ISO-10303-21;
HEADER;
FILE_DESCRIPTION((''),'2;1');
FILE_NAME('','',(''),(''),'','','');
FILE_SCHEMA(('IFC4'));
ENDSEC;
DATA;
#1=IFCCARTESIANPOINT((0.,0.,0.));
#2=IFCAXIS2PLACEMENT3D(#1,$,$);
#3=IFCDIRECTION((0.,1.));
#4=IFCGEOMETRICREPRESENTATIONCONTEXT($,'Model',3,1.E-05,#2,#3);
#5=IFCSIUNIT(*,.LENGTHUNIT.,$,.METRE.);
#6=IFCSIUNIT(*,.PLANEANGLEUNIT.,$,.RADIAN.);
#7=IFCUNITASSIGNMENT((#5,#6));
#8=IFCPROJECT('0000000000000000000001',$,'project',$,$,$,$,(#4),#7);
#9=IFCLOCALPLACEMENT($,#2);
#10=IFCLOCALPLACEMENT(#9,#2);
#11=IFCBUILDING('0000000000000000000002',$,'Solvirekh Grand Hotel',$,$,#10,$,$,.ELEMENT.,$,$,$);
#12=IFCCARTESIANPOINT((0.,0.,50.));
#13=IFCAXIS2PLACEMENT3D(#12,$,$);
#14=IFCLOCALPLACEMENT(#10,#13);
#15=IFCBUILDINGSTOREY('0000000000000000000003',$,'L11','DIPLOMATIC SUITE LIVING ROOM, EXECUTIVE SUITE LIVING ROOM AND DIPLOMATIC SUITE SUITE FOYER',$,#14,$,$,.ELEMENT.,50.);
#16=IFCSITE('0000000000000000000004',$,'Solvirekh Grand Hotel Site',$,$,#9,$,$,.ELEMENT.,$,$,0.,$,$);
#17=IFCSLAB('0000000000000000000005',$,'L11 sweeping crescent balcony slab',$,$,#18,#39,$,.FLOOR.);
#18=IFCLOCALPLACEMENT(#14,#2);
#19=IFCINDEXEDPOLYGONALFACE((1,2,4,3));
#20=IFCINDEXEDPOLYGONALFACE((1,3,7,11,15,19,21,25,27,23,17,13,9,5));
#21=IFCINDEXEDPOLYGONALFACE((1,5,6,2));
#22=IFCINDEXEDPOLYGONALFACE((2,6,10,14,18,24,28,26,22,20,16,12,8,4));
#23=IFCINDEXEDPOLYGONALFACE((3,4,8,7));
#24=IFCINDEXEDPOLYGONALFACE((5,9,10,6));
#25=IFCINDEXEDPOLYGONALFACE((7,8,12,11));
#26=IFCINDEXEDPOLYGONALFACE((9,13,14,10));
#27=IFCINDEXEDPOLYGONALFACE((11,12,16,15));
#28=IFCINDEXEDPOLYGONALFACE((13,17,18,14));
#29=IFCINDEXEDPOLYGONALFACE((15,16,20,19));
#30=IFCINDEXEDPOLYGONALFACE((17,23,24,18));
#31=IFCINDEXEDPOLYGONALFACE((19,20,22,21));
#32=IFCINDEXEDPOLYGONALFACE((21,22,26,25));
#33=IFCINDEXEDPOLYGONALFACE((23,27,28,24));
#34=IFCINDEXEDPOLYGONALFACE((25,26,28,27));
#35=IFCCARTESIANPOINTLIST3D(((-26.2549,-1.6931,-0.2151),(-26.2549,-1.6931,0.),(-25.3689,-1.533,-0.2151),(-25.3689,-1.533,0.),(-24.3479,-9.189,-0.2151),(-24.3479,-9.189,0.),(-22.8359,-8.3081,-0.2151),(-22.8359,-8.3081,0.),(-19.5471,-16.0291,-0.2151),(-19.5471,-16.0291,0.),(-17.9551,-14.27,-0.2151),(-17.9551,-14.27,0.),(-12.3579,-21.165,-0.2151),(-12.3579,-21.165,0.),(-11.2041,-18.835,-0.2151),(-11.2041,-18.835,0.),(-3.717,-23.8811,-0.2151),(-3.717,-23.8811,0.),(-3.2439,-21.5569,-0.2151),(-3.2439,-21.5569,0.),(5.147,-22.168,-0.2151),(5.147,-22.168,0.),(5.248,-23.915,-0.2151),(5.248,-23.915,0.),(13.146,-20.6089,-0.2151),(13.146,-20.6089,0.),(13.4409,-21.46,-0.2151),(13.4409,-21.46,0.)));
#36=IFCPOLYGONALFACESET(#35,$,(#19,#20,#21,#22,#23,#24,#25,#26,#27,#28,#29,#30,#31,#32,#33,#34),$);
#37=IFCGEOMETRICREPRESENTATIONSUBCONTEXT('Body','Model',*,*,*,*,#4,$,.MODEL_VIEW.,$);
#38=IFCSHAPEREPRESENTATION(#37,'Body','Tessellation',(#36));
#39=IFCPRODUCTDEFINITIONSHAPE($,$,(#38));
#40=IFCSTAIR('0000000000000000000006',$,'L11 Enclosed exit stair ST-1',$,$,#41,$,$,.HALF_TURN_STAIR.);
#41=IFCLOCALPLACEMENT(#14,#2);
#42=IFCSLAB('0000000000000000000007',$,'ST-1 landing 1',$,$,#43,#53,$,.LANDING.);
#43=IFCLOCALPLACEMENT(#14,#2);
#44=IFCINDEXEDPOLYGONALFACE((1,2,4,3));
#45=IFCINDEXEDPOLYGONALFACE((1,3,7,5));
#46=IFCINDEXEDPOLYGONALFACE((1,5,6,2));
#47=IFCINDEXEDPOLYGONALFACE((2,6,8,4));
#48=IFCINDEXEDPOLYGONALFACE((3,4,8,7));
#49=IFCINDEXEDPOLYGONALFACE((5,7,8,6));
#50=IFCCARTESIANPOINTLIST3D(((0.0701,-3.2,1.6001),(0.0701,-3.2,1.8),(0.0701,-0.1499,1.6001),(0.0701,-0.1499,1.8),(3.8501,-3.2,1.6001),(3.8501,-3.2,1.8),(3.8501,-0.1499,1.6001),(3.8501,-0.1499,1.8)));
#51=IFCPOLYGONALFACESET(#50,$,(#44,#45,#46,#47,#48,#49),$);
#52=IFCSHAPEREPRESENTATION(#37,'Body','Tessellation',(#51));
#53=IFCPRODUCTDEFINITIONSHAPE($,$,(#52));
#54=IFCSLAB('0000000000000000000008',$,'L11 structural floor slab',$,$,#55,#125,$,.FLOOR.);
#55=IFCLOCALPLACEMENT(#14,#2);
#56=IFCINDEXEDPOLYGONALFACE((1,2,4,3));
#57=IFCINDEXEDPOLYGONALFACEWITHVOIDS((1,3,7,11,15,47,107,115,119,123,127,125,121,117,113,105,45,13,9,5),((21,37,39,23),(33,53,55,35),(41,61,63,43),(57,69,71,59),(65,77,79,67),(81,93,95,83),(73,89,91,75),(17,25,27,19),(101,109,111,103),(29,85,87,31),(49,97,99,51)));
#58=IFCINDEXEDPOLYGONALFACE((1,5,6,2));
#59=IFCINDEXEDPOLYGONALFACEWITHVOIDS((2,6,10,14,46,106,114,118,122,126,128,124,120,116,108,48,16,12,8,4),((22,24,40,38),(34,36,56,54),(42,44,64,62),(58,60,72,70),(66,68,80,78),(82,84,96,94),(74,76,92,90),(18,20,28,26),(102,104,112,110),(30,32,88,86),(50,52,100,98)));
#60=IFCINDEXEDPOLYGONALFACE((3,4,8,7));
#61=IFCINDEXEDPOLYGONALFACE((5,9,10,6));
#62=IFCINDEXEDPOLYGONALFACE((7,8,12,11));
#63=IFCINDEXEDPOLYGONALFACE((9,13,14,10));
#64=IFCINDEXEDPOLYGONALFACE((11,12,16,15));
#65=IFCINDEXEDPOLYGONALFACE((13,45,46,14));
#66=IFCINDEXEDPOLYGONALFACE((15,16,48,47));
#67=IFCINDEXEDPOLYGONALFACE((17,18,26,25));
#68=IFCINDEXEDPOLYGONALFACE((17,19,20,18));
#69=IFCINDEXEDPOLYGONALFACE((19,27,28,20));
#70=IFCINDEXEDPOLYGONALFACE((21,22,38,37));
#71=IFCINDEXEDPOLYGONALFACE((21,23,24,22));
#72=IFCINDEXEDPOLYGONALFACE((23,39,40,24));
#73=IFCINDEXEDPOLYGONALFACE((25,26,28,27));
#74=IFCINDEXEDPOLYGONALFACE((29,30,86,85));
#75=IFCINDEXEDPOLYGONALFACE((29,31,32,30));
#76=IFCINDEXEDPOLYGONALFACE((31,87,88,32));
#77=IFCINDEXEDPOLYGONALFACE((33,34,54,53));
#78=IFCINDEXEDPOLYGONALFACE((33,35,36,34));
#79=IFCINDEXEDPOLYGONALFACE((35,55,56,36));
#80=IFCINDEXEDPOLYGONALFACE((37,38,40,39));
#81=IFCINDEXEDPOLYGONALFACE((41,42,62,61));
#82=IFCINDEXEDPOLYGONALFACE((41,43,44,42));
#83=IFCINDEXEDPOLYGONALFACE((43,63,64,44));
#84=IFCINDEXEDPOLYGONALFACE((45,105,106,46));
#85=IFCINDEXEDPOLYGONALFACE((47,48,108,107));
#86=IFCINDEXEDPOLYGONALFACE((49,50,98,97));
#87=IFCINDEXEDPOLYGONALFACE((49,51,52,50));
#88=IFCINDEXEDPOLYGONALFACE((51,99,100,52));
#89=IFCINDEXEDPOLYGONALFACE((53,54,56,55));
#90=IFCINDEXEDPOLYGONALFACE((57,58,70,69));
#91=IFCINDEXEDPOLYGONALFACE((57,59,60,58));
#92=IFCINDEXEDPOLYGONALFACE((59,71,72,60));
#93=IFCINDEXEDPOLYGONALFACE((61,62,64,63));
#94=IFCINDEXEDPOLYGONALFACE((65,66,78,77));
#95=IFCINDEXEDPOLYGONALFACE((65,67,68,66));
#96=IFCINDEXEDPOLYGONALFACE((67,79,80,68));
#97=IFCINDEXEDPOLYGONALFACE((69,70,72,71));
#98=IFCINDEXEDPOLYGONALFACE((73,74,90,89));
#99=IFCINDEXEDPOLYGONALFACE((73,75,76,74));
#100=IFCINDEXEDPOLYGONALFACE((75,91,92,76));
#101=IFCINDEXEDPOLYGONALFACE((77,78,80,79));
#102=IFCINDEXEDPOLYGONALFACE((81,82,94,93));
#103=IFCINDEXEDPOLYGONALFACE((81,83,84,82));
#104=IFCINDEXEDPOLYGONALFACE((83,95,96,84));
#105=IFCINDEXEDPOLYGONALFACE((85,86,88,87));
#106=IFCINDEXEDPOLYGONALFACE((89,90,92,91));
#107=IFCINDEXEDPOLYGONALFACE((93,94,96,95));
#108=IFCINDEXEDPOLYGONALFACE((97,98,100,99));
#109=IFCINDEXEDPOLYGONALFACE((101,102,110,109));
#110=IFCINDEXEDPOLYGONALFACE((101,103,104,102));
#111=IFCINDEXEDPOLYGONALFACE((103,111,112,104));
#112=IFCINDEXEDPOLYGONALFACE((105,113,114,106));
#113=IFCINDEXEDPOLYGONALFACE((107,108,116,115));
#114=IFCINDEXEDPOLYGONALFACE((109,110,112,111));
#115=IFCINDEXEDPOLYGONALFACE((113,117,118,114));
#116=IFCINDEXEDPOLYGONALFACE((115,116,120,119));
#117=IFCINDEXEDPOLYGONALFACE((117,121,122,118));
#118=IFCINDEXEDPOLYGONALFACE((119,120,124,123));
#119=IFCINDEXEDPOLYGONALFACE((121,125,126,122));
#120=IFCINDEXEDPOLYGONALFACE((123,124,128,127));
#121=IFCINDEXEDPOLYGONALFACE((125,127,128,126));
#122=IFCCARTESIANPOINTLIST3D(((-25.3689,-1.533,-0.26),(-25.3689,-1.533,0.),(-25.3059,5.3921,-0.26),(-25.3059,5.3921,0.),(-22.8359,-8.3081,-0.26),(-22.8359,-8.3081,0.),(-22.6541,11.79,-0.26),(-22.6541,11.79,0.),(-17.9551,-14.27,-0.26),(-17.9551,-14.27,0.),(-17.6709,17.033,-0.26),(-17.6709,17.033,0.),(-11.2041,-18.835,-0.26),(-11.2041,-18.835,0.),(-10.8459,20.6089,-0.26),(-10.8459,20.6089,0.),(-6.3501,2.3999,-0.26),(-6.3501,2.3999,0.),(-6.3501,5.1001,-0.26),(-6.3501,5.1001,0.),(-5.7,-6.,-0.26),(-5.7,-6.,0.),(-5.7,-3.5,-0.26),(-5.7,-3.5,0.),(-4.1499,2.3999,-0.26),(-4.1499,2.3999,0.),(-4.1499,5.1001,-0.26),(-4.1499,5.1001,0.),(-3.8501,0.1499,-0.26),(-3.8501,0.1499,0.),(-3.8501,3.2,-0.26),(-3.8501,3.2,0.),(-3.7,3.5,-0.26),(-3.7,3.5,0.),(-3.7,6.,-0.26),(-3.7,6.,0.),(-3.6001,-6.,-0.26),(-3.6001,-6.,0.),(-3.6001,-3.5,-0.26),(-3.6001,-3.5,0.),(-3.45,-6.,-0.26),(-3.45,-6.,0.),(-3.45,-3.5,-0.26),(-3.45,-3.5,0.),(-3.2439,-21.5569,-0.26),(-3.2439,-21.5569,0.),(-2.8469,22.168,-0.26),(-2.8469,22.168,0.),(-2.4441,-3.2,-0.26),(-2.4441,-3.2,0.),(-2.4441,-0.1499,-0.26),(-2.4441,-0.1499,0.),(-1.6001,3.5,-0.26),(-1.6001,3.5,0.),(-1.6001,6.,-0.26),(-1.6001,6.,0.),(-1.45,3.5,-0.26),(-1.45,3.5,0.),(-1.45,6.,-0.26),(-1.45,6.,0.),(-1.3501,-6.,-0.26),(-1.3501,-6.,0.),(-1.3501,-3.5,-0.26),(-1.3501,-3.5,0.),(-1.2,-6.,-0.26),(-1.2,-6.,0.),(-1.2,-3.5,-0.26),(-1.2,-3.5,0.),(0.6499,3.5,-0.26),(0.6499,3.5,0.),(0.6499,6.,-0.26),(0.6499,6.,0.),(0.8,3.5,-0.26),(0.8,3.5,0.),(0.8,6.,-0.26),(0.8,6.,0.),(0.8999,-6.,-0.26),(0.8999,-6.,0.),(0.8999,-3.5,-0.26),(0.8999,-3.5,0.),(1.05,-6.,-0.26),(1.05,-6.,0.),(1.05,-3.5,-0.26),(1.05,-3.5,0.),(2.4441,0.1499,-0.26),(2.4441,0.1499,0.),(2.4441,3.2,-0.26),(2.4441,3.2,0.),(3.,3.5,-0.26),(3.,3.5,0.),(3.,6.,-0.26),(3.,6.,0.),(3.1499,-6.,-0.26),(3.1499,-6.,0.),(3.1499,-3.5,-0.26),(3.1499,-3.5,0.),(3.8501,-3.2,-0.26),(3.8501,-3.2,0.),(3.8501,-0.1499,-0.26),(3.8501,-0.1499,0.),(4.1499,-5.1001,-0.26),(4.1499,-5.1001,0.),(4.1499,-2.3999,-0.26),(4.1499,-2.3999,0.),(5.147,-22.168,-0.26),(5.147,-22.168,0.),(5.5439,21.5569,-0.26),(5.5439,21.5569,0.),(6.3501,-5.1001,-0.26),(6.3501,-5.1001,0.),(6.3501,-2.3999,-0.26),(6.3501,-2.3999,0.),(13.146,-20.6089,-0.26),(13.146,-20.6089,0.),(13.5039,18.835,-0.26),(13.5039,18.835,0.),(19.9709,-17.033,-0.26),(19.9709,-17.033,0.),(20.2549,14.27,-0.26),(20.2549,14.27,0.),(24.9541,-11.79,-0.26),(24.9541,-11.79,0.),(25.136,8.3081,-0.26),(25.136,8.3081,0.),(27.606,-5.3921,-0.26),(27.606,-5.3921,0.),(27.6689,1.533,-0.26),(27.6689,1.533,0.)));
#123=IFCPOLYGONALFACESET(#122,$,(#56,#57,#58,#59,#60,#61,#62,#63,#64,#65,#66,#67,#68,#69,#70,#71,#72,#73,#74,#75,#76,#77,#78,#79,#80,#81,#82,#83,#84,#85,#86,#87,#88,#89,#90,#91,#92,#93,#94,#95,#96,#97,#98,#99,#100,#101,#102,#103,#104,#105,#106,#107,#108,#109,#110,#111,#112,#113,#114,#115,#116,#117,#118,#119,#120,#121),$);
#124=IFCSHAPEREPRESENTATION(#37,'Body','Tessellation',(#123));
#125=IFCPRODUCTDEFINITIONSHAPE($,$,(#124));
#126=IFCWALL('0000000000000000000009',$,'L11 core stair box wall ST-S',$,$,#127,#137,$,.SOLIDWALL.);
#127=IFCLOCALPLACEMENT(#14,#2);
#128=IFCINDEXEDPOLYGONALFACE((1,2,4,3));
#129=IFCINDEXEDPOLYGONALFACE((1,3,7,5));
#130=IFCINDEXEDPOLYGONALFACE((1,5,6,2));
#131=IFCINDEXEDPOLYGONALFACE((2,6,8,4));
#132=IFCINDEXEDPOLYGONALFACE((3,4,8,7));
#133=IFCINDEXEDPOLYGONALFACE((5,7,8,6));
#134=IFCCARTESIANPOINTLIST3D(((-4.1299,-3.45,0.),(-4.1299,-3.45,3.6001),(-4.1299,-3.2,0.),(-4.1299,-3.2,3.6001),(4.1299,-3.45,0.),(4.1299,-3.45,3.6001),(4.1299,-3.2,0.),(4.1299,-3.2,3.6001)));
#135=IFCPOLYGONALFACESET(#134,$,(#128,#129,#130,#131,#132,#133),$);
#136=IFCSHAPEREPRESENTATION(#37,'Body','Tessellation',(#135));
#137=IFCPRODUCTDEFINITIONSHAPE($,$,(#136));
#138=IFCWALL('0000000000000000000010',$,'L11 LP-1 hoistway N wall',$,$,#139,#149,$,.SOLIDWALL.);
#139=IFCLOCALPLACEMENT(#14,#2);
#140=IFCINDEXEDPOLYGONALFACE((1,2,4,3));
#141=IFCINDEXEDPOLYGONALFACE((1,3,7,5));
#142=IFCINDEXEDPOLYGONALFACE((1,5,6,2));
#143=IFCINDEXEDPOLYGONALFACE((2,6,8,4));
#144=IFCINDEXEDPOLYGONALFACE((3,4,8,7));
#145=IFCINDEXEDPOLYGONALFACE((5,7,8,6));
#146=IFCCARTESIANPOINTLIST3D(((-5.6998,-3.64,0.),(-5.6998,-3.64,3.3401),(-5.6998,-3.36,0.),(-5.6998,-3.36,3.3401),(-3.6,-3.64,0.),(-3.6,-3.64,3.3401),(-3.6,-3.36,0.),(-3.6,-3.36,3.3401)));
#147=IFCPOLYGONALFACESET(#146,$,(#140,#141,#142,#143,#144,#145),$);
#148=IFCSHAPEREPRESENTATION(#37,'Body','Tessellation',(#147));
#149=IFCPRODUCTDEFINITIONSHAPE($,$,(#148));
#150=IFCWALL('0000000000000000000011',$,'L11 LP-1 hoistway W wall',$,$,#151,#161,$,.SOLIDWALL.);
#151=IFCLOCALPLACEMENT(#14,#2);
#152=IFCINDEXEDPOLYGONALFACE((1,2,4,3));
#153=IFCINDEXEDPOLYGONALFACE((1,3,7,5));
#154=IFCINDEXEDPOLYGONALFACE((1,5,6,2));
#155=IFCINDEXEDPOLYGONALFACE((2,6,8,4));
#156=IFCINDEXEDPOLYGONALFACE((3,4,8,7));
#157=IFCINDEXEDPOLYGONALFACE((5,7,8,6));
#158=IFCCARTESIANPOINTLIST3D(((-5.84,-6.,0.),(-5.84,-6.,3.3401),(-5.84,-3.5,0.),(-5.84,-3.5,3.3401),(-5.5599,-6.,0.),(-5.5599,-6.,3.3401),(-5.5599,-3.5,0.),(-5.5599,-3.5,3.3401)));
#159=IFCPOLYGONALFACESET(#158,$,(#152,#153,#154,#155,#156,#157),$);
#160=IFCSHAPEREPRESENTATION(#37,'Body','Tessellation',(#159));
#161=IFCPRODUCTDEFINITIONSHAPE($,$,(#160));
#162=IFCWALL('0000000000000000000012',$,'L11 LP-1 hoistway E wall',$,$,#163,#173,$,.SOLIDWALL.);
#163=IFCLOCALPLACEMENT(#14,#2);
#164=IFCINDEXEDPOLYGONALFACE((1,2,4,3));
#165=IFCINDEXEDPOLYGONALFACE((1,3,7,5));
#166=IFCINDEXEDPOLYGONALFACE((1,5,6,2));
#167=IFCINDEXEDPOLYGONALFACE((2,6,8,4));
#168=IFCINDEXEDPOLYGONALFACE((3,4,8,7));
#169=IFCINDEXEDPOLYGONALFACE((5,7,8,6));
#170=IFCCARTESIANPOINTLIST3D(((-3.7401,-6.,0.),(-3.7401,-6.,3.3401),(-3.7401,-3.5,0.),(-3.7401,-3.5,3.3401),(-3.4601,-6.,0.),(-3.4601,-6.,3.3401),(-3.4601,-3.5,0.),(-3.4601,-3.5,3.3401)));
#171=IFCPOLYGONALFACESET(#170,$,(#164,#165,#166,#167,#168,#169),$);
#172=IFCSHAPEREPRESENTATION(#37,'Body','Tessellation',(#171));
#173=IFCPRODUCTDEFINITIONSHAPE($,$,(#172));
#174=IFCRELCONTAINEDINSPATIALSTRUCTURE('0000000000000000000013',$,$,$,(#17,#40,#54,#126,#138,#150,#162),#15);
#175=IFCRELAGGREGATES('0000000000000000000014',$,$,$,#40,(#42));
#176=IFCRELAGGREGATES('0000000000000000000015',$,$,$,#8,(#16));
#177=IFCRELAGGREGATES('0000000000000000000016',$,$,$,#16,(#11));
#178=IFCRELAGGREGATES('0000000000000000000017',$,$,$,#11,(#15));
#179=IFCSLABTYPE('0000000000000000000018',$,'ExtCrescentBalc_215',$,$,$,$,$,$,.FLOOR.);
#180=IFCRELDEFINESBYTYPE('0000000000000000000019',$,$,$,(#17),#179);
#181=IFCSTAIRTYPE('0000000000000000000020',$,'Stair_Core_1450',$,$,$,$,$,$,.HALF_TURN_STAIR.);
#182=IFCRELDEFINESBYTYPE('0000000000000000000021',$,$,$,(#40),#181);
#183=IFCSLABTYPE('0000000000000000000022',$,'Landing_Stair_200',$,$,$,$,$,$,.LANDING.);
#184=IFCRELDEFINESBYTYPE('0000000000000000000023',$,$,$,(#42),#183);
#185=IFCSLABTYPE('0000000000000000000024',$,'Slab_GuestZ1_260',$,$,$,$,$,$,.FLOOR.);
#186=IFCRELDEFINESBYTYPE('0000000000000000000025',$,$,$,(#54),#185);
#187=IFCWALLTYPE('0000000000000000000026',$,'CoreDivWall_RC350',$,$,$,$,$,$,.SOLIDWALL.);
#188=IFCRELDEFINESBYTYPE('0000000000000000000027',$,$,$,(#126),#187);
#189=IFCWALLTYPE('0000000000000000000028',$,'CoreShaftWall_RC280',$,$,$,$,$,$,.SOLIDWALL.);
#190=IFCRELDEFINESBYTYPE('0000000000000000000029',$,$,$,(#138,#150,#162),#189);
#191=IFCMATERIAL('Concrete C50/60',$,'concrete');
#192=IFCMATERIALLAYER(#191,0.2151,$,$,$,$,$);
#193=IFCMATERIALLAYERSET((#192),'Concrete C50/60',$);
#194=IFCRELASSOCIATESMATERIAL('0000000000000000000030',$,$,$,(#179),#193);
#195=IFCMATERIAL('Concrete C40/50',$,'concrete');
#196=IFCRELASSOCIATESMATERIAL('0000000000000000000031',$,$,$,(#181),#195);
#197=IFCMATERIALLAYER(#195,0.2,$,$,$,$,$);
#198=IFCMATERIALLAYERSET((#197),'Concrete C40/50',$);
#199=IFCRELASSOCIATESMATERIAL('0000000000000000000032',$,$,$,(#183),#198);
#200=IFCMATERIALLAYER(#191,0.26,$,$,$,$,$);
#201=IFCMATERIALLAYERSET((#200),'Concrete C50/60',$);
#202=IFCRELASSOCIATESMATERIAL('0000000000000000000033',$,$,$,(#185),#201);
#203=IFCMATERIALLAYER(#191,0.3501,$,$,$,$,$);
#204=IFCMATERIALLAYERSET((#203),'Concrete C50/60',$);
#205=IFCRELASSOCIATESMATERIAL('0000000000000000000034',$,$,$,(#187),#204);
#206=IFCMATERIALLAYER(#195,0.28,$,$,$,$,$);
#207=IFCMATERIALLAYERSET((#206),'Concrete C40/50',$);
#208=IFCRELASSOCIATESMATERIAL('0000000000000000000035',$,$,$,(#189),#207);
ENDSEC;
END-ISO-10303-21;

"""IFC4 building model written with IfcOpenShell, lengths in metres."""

from ifc_helpers import new_model, si_unit, direction, frame, frame_2d, origin, place, context, subcontext, project, spatial, polyline, rectangle, outline, extrude, material, layer, layer_set, type_object, element, aggregate, save


model = new_model("IFC4")

# Units and contexts
model_context = context("Model", 3, precision=1e-05, world=origin(), true_north=direction((0.0, 1.0)))
body_context = subcontext(model_context, "Body", "Model", "MODEL_VIEW")
ifc_project = project(units=[si_unit("LENGTHUNIT", "METRE"), si_unit("PLANEANGLEUNIT", "RADIAN")], contexts=[model_context])

# Site, building, storey
site_placement = place(None, origin())
site = spatial("IfcSite", under=ifc_project, at=site_placement, Name="Solvirekh Grand Hotel Site", CompositionType="ELEMENT", RefElevation=0.0)
building_placement = place(site_placement, origin())
building = spatial("IfcBuilding", under=site, at=building_placement, Name="Solvirekh Grand Hotel", CompositionType="ELEMENT")
storey_placement = place(building_placement, frame((0.0, 0.0, 50.0)))
storey = spatial("IfcBuildingStorey", under=building, at=storey_placement, Name="L11", Description="DIPLOMATIC SUITE LIVING ROOM, EXECUTIVE SUITE LIVING ROOM AND DIPLOMATIC SUITE SUITE FOYER", CompositionType="ELEMENT", Elevation=50.0)

# Slab
ifc_material_1 = material(Name="Concrete C50/60", Category="concrete")
ifc_layer_1 = layer(ifc_material_1, 0.2151)
ifc_layer_set_1 = layer_set([ifc_layer_1], Name="Concrete C50/60")
slab_type_1 = type_object("IfcSlabType", Name="ExtCrescentBalc_215", PredefinedType="FLOOR", material=ifc_layer_set_1)
slab_1_placement = place(storey_placement, frame((0.0, 0.0, -0.2151)))
element("IfcSlab", 1, at=slab_1_placement, inside=storey, type_object=slab_type_1, Name="L11 sweeping crescent balcony slab", PredefinedType="FLOOR", context=body_context, shape_type="SweptSolid", body=[
    extrude(outline(polyline([(-26.2549, -1.6931), (-24.3479, -9.189), (-19.5471, -16.0291), (-12.3579, -21.165), (-3.717, -23.8811), (5.248, -23.915), (13.4409, -21.46), (13.146, -20.6089), (5.147, -22.168), (-3.2439, -21.5569), (-11.2041, -18.835), (-17.9551, -14.27), (-22.8359, -8.3081), (-25.3689, -1.533), (-26.2549, -1.6931)])), origin(), (0.0, 0.0, 1.0), 0.2151),
])

# Stair, slab
ifc_material_2 = material(Name="Concrete C40/50", Category="concrete")
stair_type = type_object("IfcStairType", Name="Stair_Core_1450", PredefinedType="HALF_TURN_STAIR", material=ifc_material_2)
stair_placement = place(storey_placement, origin())
stair = element("IfcStair", 2, at=stair_placement, inside=storey, type_object=stair_type, Name="L11 Enclosed exit stair ST-1", PredefinedType="HALF_TURN_STAIR")
ifc_layer_2 = layer(ifc_material_2, 0.2)
ifc_layer_set_2 = layer_set([ifc_layer_2], Name="Concrete C40/50")
slab_type_2 = type_object("IfcSlabType", Name="Landing_Stair_200", PredefinedType="LANDING", material=ifc_layer_set_2)
slab_2_placement = place(storey_placement, frame((0.0, 0.0, 1.6001)))
slab_2 = element("IfcSlab", 3, at=slab_2_placement, type_object=slab_type_2, Name="ST-1 landing 1", PredefinedType="LANDING", context=body_context, shape_type="SweptSolid", body=[
    extrude(outline(polyline([(0.0701, -3.2), (3.8501, -3.2), (3.8501, -0.1499), (0.0701, -0.1499), (0.0701, -3.2)])), origin(), (0.0, 0.0, 1.0), 0.2),
])

# Slab
ifc_layer_3 = layer(ifc_material_1, 0.26)
ifc_layer_set_3 = layer_set([ifc_layer_3], Name="Concrete C50/60")
slab_type_3 = type_object("IfcSlabType", Name="Slab_GuestZ1_260", PredefinedType="FLOOR", material=ifc_layer_set_3)
slab_3_placement = place(storey_placement, frame((0.0, 0.0, -0.26)))
element("IfcSlab", 4, at=slab_3_placement, inside=storey, type_object=slab_type_3, Name="L11 structural floor slab", PredefinedType="FLOOR", context=body_context, shape_type="SweptSolid", body=[
    extrude(outline(polyline([(27.606, -5.3921), (27.6689, 1.533), (25.136, 8.3081), (20.2549, 14.27), (13.5039, 18.835), (5.5439, 21.5569), (-2.8469, 22.168), (-10.8459, 20.6089), (-17.6709, 17.033), (-22.6541, 11.79), (-25.3059, 5.3921), (-25.3689, -1.533), (-22.8359, -8.3081), (-17.9551, -14.27), (-11.2041, -18.835), (-3.2439, -21.5569), (5.147, -22.168), (13.146, -20.6089), (19.9709, -17.033), (24.9541, -11.79), (27.606, -5.3921)]), holes=[polyline([(-2.4441, -0.1499), (3.8501, -0.1499), (3.8501, -3.2), (-2.4441, -3.2), (-2.4441, -0.1499)]), polyline([(2.4441, 0.1499), (-3.8501, 0.1499), (-3.8501, 3.2), (2.4441, 3.2), (2.4441, 0.1499)]), polyline([(-5.7, -3.5), (-3.6001, -3.5), (-3.6001, -6.0), (-5.7, -6.0), (-5.7, -3.5)]), polyline([(-3.45, -3.5), (-1.3501, -3.5), (-1.3501, -6.0), (-3.45, -6.0), (-3.45, -3.5)]), polyline([(-1.2, -3.5), (0.8999, -3.5), (0.8999, -6.0), (-1.2, -6.0), (-1.2, -3.5)]), polyline([(1.05, -3.5), (3.1499, -3.5), (3.1499, -6.0), (1.05, -6.0), (1.05, -3.5)]), polyline([(-3.7, 6.0), (-1.6001, 6.0), (-1.6001, 3.5), (-3.7, 3.5), (-3.7, 6.0)]), polyline([(-1.45, 6.0), (0.6499, 6.0), (0.6499, 3.5), (-1.45, 3.5), (-1.45, 6.0)]), polyline([(0.8, 6.0), (3.0, 6.0), (3.0, 3.5), (0.8, 3.5), (0.8, 6.0)]), polyline([(-6.3501, 5.1001), (-4.1499, 5.1001), (-4.1499, 2.3999), (-6.3501, 2.3999), (-6.3501, 5.1001)]), polyline([(4.1499, -2.3999), (6.3501, -2.3999), (6.3501, -5.1001), (4.1499, -5.1001), (4.1499, -2.3999)])]), origin(), (0.0, 0.0, 1.0), 0.26),
])

# Walls
ifc_layer_4 = layer(ifc_material_1, 0.3501)
ifc_layer_set_4 = layer_set([ifc_layer_4], Name="Concrete C50/60")
wall_type_1 = type_object("IfcWallType", Name="CoreDivWall_RC350", PredefinedType="SOLIDWALL", material=ifc_layer_set_4)
wall_1_placement = place(storey_placement, frame((-4.1299, -3.325, 0.0), z_axis=(0.0, 0.0, 1.0), x_axis=(1.0, 0.0, 0.0)))
element("IfcWall", 5, at=wall_1_placement, inside=storey, type_object=wall_type_1, Name="L11 core stair box wall ST-S", PredefinedType="SOLIDWALL", context=body_context, shape_type="SweptSolid", body=[
    extrude(rectangle(XDim=8.2598, YDim=0.25, at=frame_2d((4.1299, 0.0))), origin(), (0.0, 0.0, 1.0), 3.6001),
])
ifc_layer_5 = layer(ifc_material_2, 0.28)
ifc_layer_set_5 = layer_set([ifc_layer_5], Name="Concrete C40/50")
wall_type_2 = type_object("IfcWallType", Name="CoreShaftWall_RC280", PredefinedType="SOLIDWALL", material=ifc_layer_set_5)
wall_2_placement = place(storey_placement, frame((-3.6001, -3.5, 0.0), z_axis=(0.0, 0.0, 1.0), x_axis=(-1.0, 0.0, 0.0)))
element("IfcWall", 6, at=wall_2_placement, inside=storey, type_object=wall_type_2, Name="L11 LP-1 hoistway N wall", PredefinedType="SOLIDWALL", context=body_context, shape_type="SweptSolid", body=[
    extrude(rectangle(XDim=2.0999, YDim=0.28, at=frame_2d((1.0498, 0.0))), origin(), (0.0, 0.0, 1.0), 3.3401),
])
for number, where, z_axis, x_axis, name in (
    (7, (-5.7, -3.5, 0.0), (0.0, 0.0, 1.0), (0.0, -1.0, 0.0), "L11 LP-1 hoistway W wall"),
    (8, (-3.6001, -6.0, 0.0), (0.0, 0.0, 1.0), (0.0, 1.0, 0.0), "L11 LP-1 hoistway E wall"),
):
    element("IfcWall", number, at=place(storey_placement, frame(where, z_axis=z_axis, x_axis=x_axis)), inside=storey, type_object=wall_type_2, Name=name, PredefinedType="SOLIDWALL", context=body_context, shape_type="SweptSolid", body=[
        extrude(rectangle(XDim=2.5, YDim=0.28, at=frame_2d((1.25, 0.0))), origin(), (0.0, 0.0, 1.0), 3.3401),
    ])

aggregate(stair, [slab_2])

save(model, "model.ifc")
